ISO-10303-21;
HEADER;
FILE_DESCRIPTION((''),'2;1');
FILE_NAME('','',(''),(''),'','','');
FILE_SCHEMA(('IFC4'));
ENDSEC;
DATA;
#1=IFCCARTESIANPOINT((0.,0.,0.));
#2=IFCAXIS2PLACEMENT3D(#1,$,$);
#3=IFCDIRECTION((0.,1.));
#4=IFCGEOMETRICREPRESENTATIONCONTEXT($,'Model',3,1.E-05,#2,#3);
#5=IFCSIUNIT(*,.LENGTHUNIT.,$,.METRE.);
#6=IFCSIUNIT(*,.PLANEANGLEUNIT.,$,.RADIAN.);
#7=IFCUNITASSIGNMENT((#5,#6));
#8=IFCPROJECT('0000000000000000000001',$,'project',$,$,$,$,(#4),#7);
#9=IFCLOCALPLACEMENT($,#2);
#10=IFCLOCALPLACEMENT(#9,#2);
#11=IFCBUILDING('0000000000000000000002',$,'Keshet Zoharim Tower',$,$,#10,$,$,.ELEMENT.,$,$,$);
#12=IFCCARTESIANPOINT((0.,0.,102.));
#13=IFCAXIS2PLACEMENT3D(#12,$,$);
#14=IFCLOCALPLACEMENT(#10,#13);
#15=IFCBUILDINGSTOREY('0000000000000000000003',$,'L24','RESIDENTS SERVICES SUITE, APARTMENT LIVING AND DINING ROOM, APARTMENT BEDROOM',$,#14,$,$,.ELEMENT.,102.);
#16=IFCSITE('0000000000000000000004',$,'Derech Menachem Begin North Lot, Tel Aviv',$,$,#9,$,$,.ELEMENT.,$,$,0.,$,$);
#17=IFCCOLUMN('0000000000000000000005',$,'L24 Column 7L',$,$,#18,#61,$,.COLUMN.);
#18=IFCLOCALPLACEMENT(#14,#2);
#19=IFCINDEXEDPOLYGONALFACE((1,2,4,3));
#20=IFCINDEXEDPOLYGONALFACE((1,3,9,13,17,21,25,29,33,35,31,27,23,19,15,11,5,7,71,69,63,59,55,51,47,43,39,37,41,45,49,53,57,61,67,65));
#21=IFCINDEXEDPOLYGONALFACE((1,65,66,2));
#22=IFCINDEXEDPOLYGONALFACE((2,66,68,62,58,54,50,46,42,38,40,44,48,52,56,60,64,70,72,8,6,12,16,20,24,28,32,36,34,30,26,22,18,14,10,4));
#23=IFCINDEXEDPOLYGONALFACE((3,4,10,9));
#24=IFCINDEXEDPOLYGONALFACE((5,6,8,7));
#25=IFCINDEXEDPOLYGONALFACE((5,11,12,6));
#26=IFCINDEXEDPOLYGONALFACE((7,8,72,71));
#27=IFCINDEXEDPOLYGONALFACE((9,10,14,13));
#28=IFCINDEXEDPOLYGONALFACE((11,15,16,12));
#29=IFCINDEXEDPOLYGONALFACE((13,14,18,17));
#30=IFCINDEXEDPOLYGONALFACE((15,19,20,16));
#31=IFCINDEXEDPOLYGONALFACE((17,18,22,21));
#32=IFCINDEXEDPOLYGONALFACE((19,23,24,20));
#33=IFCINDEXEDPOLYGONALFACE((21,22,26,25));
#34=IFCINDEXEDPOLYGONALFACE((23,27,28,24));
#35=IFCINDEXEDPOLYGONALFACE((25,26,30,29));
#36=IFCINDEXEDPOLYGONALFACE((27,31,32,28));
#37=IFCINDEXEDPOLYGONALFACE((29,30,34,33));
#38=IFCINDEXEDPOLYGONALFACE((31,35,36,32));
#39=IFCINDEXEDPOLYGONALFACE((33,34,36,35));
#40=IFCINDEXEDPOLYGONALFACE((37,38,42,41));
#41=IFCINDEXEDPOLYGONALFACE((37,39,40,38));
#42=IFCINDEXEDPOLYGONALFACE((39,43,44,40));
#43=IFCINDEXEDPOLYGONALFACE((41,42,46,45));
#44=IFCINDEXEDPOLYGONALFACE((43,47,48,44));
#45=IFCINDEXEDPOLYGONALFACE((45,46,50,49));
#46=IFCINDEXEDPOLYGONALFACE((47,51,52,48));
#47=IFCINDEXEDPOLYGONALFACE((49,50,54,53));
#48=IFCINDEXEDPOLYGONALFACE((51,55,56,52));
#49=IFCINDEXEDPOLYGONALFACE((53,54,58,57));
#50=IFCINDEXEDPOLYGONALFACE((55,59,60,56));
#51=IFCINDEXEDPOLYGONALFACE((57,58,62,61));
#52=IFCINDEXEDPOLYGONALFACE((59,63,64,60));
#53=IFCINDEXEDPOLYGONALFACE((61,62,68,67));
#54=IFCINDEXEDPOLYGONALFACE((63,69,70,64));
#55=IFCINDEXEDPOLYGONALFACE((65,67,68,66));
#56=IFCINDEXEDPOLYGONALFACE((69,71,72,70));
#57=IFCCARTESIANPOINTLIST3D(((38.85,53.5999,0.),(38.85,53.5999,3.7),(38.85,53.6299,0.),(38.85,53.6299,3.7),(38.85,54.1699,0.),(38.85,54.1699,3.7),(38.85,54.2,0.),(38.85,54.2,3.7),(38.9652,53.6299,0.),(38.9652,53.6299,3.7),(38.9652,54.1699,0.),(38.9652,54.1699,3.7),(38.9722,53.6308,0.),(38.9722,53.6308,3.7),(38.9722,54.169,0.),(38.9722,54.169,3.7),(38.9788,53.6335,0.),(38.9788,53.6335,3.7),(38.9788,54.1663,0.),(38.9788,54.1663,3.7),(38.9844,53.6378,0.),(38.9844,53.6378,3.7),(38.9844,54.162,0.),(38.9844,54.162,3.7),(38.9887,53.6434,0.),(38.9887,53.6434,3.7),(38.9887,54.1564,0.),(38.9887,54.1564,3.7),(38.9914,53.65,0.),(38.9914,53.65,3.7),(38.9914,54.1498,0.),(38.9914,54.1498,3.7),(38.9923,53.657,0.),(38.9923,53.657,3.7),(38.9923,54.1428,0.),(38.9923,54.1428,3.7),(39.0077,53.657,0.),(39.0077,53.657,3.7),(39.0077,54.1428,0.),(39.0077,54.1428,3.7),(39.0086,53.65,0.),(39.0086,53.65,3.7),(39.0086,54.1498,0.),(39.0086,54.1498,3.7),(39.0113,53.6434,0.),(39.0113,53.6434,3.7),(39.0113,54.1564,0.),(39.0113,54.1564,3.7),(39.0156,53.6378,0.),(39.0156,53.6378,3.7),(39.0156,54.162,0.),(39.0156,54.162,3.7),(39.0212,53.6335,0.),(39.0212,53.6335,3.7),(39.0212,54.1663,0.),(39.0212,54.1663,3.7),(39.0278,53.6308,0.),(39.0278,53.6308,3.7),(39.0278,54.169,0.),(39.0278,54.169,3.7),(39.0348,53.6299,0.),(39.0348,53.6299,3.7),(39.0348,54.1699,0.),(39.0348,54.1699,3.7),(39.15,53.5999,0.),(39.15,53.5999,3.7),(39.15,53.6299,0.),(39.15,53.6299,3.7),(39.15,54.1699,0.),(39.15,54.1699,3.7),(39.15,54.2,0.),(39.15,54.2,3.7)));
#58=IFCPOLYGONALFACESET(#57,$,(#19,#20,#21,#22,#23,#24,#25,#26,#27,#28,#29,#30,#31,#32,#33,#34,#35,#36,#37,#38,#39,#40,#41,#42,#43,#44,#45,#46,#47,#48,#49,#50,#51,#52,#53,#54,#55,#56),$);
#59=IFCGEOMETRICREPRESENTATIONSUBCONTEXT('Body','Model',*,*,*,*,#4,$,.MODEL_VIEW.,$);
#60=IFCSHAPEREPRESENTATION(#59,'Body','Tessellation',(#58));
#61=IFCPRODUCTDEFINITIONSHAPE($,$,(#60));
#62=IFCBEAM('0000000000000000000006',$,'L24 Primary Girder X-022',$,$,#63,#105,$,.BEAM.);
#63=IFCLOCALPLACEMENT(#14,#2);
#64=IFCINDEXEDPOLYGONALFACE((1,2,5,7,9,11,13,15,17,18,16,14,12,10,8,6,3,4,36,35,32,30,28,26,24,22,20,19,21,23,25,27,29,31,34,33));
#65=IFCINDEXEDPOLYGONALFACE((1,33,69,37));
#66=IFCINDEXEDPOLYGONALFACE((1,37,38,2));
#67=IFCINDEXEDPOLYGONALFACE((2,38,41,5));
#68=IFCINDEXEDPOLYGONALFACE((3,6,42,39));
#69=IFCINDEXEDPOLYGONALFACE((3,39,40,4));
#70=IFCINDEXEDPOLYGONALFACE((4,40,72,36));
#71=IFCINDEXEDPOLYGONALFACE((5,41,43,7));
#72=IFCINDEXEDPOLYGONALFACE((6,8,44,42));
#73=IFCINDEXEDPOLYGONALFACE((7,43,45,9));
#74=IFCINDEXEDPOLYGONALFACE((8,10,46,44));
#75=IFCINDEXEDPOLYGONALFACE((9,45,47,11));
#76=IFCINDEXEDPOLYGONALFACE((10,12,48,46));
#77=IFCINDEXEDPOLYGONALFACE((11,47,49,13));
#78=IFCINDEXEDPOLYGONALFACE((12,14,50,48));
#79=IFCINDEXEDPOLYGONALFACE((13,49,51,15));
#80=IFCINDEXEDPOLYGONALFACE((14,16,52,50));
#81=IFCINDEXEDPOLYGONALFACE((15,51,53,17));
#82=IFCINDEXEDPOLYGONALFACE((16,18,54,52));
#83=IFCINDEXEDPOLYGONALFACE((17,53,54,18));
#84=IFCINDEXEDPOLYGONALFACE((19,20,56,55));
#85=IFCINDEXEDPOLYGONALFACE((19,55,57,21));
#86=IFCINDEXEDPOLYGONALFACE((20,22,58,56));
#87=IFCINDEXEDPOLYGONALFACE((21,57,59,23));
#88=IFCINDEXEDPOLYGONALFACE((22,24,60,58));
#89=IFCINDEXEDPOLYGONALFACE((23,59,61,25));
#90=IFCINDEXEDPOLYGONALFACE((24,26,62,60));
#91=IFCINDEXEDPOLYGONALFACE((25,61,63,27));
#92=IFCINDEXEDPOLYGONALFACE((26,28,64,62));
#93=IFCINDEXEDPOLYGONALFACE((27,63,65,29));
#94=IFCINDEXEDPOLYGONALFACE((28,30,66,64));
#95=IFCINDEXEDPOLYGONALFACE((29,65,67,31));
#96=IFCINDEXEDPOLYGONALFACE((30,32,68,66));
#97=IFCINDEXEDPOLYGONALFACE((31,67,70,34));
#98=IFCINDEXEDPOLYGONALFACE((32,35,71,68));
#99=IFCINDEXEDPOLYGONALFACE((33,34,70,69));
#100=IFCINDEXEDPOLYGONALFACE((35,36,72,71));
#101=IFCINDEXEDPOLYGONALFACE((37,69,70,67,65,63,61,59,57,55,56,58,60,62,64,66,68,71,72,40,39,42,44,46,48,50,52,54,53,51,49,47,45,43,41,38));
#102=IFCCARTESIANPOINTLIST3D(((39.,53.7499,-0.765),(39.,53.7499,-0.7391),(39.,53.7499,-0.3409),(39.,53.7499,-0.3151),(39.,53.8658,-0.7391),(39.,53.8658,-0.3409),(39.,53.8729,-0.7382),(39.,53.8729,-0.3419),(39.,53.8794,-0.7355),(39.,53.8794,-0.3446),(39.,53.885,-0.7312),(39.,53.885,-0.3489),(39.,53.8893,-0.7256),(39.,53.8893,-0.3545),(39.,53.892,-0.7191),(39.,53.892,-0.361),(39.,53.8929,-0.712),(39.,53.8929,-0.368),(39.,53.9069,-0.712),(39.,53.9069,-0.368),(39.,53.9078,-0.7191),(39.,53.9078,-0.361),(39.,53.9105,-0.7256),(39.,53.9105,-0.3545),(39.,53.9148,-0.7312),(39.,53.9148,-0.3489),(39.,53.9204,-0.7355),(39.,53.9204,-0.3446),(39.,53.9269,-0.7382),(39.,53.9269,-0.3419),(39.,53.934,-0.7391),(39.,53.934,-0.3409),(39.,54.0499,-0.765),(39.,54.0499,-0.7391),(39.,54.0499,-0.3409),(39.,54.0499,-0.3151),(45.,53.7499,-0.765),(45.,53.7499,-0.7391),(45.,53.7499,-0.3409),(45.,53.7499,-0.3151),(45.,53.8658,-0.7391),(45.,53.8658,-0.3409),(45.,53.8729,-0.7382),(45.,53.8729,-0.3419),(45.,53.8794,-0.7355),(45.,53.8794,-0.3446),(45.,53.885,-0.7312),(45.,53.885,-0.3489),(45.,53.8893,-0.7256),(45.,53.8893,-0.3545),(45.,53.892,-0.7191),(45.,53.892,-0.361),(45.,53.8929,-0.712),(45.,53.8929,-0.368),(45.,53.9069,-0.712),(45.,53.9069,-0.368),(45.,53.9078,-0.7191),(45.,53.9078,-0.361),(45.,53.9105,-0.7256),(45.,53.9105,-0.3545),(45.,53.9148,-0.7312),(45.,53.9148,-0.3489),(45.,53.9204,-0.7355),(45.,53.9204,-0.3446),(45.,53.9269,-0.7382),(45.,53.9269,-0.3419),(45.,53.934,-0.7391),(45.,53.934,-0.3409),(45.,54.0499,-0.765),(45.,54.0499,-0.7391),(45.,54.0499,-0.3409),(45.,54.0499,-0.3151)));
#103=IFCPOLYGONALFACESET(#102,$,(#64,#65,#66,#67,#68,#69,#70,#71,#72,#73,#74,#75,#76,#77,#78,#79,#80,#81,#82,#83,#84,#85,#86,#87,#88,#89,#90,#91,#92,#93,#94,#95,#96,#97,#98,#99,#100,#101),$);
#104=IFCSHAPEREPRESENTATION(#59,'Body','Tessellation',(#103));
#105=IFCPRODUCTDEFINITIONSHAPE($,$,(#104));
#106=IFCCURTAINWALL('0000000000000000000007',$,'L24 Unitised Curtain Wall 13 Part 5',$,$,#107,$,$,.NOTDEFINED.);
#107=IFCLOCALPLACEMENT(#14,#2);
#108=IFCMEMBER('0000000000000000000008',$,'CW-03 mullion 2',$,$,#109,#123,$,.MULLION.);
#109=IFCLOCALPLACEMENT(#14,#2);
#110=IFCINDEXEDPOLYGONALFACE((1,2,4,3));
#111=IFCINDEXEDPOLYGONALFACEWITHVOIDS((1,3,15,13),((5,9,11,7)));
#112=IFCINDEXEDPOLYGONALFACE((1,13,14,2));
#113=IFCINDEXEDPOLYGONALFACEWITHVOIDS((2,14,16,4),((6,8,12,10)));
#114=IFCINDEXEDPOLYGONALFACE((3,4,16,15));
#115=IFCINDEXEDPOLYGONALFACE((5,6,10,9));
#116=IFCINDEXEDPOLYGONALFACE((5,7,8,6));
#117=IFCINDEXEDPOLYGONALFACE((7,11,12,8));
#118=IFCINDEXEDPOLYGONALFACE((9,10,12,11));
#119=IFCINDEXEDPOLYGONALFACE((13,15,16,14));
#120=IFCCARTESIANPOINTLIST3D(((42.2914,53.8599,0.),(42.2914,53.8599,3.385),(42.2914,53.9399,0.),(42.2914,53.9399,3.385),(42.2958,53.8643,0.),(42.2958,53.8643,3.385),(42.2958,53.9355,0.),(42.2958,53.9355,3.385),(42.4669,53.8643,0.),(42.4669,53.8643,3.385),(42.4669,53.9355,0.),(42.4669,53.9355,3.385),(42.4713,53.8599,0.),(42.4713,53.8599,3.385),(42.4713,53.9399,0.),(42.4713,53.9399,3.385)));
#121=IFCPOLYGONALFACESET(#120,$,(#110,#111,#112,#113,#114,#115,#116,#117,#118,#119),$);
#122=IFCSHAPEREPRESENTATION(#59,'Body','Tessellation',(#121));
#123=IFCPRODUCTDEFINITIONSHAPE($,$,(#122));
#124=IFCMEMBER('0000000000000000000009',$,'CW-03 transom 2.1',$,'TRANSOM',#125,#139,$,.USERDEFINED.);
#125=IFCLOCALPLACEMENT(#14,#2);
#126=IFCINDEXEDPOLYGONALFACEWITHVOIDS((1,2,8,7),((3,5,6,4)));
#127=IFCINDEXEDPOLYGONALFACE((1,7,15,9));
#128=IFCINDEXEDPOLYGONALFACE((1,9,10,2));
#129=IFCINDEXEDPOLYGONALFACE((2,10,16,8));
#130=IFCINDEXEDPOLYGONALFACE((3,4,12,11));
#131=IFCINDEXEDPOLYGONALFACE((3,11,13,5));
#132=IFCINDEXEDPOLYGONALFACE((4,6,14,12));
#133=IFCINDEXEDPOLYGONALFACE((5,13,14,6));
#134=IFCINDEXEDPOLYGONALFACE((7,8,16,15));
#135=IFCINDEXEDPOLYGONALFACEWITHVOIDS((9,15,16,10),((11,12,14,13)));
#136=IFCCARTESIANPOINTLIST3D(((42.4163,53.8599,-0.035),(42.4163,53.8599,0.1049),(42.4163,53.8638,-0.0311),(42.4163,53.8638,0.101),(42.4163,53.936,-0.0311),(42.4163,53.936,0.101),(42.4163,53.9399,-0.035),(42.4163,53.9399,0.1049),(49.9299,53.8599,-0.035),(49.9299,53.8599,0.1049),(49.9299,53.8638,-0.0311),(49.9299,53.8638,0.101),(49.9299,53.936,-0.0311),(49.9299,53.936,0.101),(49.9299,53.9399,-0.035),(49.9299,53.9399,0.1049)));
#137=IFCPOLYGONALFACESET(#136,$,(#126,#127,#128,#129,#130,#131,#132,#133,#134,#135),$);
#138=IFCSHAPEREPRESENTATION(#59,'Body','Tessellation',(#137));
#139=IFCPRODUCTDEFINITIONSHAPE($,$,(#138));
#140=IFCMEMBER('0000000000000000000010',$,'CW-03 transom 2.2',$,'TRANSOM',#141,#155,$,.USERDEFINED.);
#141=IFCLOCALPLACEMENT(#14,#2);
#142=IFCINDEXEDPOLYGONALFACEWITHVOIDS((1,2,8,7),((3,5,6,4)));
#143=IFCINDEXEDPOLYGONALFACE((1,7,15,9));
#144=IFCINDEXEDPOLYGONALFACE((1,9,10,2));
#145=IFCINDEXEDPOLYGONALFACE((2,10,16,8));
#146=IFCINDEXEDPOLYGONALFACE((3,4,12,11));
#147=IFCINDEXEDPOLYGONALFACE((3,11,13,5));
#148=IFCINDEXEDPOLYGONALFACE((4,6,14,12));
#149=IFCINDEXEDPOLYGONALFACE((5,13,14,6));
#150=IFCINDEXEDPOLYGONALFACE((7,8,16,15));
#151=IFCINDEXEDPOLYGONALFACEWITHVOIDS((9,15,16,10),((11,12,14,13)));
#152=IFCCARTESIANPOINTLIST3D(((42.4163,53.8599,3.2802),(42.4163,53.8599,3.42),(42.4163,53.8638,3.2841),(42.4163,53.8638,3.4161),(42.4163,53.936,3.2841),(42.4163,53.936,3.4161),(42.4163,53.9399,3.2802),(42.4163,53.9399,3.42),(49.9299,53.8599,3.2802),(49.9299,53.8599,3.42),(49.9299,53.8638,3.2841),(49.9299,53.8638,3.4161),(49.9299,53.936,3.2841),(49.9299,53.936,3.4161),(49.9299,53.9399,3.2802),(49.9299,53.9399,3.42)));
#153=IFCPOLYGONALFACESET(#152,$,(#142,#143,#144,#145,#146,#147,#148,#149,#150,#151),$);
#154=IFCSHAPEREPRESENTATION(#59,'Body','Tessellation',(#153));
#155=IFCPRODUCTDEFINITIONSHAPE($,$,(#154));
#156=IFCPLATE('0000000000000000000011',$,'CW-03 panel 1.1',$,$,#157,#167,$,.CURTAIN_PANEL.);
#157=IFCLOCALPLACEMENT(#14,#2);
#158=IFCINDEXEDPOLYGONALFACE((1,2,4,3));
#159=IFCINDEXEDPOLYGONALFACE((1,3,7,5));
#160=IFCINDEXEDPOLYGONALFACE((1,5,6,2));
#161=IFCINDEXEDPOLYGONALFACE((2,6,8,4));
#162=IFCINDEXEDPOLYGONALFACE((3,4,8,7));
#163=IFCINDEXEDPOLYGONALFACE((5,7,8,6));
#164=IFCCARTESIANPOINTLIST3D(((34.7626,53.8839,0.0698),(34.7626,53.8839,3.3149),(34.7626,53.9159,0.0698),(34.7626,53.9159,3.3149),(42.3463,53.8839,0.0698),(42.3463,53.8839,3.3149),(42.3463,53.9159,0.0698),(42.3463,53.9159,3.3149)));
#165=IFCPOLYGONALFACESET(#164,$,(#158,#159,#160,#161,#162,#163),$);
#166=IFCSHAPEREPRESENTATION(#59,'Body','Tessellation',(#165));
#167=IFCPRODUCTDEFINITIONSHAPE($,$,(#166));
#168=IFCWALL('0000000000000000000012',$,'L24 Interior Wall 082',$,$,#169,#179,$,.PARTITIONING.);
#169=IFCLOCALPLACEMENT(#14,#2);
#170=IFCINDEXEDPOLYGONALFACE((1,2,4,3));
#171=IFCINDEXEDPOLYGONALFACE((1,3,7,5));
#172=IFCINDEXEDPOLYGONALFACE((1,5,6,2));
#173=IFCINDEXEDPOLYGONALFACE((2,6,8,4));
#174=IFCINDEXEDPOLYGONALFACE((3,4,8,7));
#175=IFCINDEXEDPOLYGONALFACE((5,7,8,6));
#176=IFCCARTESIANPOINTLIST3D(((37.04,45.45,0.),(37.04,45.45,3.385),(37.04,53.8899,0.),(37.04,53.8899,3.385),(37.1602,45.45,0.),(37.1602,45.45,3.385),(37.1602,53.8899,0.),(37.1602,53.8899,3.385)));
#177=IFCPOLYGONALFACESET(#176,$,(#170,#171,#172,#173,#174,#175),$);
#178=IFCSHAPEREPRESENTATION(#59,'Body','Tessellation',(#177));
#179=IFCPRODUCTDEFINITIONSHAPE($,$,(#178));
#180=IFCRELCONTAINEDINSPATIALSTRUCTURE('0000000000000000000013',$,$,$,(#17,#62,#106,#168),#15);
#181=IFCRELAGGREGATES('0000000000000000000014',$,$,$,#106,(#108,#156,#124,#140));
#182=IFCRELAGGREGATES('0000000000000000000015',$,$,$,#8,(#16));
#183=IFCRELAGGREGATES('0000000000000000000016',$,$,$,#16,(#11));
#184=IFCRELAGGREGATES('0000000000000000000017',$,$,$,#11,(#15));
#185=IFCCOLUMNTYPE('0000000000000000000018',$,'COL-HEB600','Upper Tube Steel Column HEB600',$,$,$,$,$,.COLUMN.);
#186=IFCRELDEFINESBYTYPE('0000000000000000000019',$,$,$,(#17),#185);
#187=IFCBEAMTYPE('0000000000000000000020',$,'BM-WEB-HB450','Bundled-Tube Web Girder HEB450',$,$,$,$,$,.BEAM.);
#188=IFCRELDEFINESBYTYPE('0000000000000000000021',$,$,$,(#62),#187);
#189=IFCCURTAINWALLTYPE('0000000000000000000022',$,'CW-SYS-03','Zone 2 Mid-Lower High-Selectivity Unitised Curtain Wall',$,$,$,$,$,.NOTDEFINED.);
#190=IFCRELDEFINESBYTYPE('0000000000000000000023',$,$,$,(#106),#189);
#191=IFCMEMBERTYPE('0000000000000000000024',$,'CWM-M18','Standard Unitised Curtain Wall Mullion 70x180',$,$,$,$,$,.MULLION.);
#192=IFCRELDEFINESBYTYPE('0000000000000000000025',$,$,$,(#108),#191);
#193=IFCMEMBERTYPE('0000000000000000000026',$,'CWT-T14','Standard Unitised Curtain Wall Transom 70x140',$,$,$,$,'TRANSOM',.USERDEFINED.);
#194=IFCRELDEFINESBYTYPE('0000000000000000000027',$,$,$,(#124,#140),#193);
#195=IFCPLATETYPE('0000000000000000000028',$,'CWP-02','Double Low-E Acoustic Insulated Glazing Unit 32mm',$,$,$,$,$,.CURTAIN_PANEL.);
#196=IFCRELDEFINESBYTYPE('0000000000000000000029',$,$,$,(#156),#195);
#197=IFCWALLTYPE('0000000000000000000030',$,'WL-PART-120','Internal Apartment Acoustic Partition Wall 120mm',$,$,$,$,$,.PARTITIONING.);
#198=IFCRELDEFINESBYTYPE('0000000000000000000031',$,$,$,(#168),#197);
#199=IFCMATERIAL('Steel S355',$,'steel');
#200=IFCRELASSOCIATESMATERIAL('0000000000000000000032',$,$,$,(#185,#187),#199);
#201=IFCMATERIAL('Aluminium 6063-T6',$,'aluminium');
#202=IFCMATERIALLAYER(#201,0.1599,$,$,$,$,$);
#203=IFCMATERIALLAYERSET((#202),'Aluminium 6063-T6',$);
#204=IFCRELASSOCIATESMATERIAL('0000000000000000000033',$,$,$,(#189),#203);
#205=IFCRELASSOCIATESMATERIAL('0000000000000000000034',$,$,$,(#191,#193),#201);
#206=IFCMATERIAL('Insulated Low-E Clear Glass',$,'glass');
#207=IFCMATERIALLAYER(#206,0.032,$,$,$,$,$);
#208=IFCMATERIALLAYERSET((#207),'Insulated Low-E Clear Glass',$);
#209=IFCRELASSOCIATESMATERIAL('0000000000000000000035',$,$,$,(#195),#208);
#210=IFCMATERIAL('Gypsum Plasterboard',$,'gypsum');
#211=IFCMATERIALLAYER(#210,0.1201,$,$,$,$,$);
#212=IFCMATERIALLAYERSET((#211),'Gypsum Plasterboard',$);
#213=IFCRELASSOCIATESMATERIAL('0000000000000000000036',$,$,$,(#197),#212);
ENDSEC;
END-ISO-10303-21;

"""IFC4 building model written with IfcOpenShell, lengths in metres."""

from ifc_helpers import new_model, si_unit, direction, frame, frame_2d, origin, origin_2d, place, context, subcontext, project, spatial, rectangle, hollow_rectangle, i_section, extrude, material, layer, layer_set, material_profile, profile_set, type_object, element, aggregate, save


model = new_model("IFC4")

# Units and contexts
model_context = context("Model", 3, precision=1e-05, world=origin(), true_north=direction((0.0, 1.0)))
body_context = subcontext(model_context, "Body", "Model", "MODEL_VIEW")
ifc_project = project(units=[si_unit("LENGTHUNIT", "METRE"), si_unit("PLANEANGLEUNIT", "RADIAN")], contexts=[model_context])

# Site, building, storey
site_placement = place(None, origin())
site = spatial("IfcSite", under=ifc_project, at=site_placement, Name="Derech Menachem Begin North Lot, Tel Aviv", CompositionType="ELEMENT", RefElevation=0.0)
building_placement = place(site_placement, origin())
building = spatial("IfcBuilding", under=site, at=building_placement, Name="Keshet Zoharim Tower", CompositionType="ELEMENT")
storey_placement = place(building_placement, frame((0.0, 0.0, 102.0)))
storey = spatial("IfcBuildingStorey", under=building, at=storey_placement, Name="L24", Description="RESIDENTS SERVICES SUITE, APARTMENT LIVING AND DINING ROOM, APARTMENT BEDROOM", CompositionType="ELEMENT", Elevation=102.0)

# Column
ifc_material_1 = material(Name="Steel S355", Category="steel")
ifc_material_profile_1 = material_profile(ifc_material_1, i_section(OverallWidth=0.3, OverallDepth=0.6001, WebThickness=0.0154, FlangeThickness=0.03, FilletRadius=0.0271, at=origin_2d()), Name="HEB600")
ifc_profile_set_1 = profile_set([ifc_material_profile_1], Name="Steel S355")
column_type = type_object("IfcColumnType", Name="COL-HEB600", Description="Upper Tube Steel Column HEB600", PredefinedType="COLUMN", material=ifc_profile_set_1)
column_placement = place(storey_placement, frame((39.0, 53.8999, 0.0), z_axis=(0.0, 0.0, 1.0), x_axis=(1.0, 0.0, 0.0)))
element("IfcColumn", 1, at=column_placement, inside=storey, type_object=column_type, Name="L24 Column 7L", PredefinedType="COLUMN", context=body_context, shape_type="SweptSolid", body=[
    extrude(i_section(OverallWidth=0.3, OverallDepth=0.6001, WebThickness=0.0154, FlangeThickness=0.03, FilletRadius=0.0271, at=origin_2d()), origin(), (0.0, 0.0, 1.0), 3.7),
])

# Beam
ifc_material_profile_2 = material_profile(ifc_material_1, i_section(OverallWidth=0.3, OverallDepth=0.45, WebThickness=0.0139, FlangeThickness=0.0259, FilletRadius=0.0271, at=origin_2d()), Name="HEB450")
ifc_profile_set_2 = profile_set([ifc_material_profile_2], Name="Steel S355")
beam_type = type_object("IfcBeamType", Name="BM-WEB-HB450", Description="Bundled-Tube Web Girder HEB450", PredefinedType="BEAM", material=ifc_profile_set_2)
beam_placement = place(storey_placement, frame((39.0, 53.8999, -0.54), z_axis=(1.0, 0.0, 0.0), x_axis=(0.0, 1.0, 0.0)))
element("IfcBeam", 2, at=beam_placement, inside=storey, type_object=beam_type, Name="L24 Primary Girder X-022", PredefinedType="BEAM", context=body_context, shape_type="SweptSolid", body=[
    extrude(i_section(OverallWidth=0.3, OverallDepth=0.45, WebThickness=0.0139, FlangeThickness=0.0259, FilletRadius=0.0271, at=origin_2d()), origin(), (0.0, 0.0, 1.0), 6.0),
])

# Curtain wall, members, plate
ifc_material_2 = material(Name="Aluminium 6063-T6", Category="aluminium")
ifc_layer_1 = layer(ifc_material_2, 0.1599)
ifc_layer_set_1 = layer_set([ifc_layer_1], Name="Aluminium 6063-T6")
curtain_wall_type = type_object("IfcCurtainWallType", Name="CW-SYS-03", Description="Zone 2 Mid-Lower High-Selectivity Unitised Curtain Wall", PredefinedType="NOTDEFINED", material=ifc_layer_set_1)
curtain_wall_placement = place(storey_placement, origin())
curtain_wall = element("IfcCurtainWall", 3, at=curtain_wall_placement, inside=storey, type_object=curtain_wall_type, Name="L24 Unitised Curtain Wall 13 Part 5", PredefinedType="NOTDEFINED")
ifc_material_profile_3 = material_profile(ifc_material_2, hollow_rectangle(XDim=0.0801, YDim=0.1799, WallThickness=0.0044, at=origin_2d()), Name="MUL-80x180")
ifc_profile_set_3 = profile_set([ifc_material_profile_3], Name="Aluminium 6063-T6")
member_type_1 = type_object("IfcMemberType", Name="CWM-M18", Description="Standard Unitised Curtain Wall Mullion 70x180", PredefinedType="MULLION", material=ifc_profile_set_3)
member_1_placement = place(storey_placement, frame((42.3813, 53.8999, 0.0), z_axis=(0.0, 0.0, 1.0), x_axis=(0.0, 1.0, 0.0)))
member_1 = element("IfcMember", 4, at=member_1_placement, type_object=member_type_1, Name="CW-03 mullion 2", PredefinedType="MULLION", context=body_context, shape_type="SweptSolid", body=[
    extrude(hollow_rectangle(XDim=0.0801, YDim=0.1799, WallThickness=0.0044, at=origin_2d()), origin(), (0.0, 0.0, 1.0), 3.385),
])
ifc_material_profile_4 = material_profile(ifc_material_2, hollow_rectangle(XDim=0.0801, YDim=0.1399, WallThickness=0.0039, at=origin_2d()), Name="TRN-80x140")
ifc_profile_set_4 = profile_set([ifc_material_profile_4], Name="Aluminium 6063-T6")
member_type_2 = type_object("IfcMemberType", Name="CWT-T14", Description="Standard Unitised Curtain Wall Transom 70x140", ElementType="TRANSOM", PredefinedType="USERDEFINED", material=ifc_profile_set_4)
member_2_placement = place(storey_placement, frame((42.4163, 53.8999, 0.0349), z_axis=(1.0, 0.0, 0.0), x_axis=(0.0, 1.0, 0.0)))
member_2 = element("IfcMember", 5, at=member_2_placement, type_object=member_type_2, Name="CW-03 transom 2.1", ObjectType="TRANSOM", PredefinedType="USERDEFINED", context=body_context, shape_type="SweptSolid", body=[
    extrude(hollow_rectangle(XDim=0.0801, YDim=0.1399, WallThickness=0.0039, at=origin_2d()), origin(), (0.0, 0.0, 1.0), 7.5137),
])
member_3_placement = place(storey_placement, frame((42.4163, 53.8999, 3.3501), z_axis=(1.0, 0.0, 0.0), x_axis=(0.0, 1.0, 0.0)))
member_3 = element("IfcMember", 6, at=member_3_placement, type_object=member_type_2, Name="CW-03 transom 2.2", ObjectType="TRANSOM", PredefinedType="USERDEFINED", context=body_context, shape_type="SweptSolid", body=[
    extrude(hollow_rectangle(XDim=0.0801, YDim=0.1399, WallThickness=0.0039, at=origin_2d()), origin(), (0.0, 0.0, 1.0), 7.5137),
])
ifc_material_3 = material(Name="Insulated Low-E Clear Glass", Category="glass")
ifc_layer_2 = layer(ifc_material_3, 0.032)
ifc_layer_set_2 = layer_set([ifc_layer_2], Name="Insulated Low-E Clear Glass")
plate_type = type_object("IfcPlateType", Name="CWP-02", Description="Double Low-E Acoustic Insulated Glazing Unit 32mm", PredefinedType="CURTAIN_PANEL", material=ifc_layer_set_2)
plate_placement = place(storey_placement, frame((38.5544, 53.8999, 0.0698), z_axis=(0.0, 0.0, 1.0), x_axis=(1.0, 0.0, 0.0)))
plate = element("IfcPlate", 7, at=plate_placement, type_object=plate_type, Name="CW-03 panel 1.1", PredefinedType="CURTAIN_PANEL", context=body_context, shape_type="SweptSolid", body=[
    extrude(rectangle(XDim=7.5837, YDim=0.032, at=origin_2d()), origin(), (0.0, 0.0, 1.0), 3.2451),
])
aggregate(curtain_wall, [member_1, plate, member_2, member_3])

# Wall
ifc_material_4 = material(Name="Gypsum Plasterboard", Category="gypsum")
ifc_layer_3 = layer(ifc_material_4, 0.1201)
ifc_layer_set_3 = layer_set([ifc_layer_3], Name="Gypsum Plasterboard")
wall_type_1 = type_object("IfcWallType", Name="WL-PART-120", Description="Internal Apartment Acoustic Partition Wall 120mm", PredefinedType="PARTITIONING", material=ifc_layer_set_3)
for number, where, z_axis, x_axis, name in (
    (8, (37.1001, 45.45, 0.0), (0.0, 0.0, 1.0), (0.0, 1.0, 0.0), "L24 Interior Wall 082"),
):
    element("IfcWall", number, at=place(storey_placement, frame(where, z_axis=z_axis, x_axis=x_axis)), inside=storey, type_object=wall_type_1, Name=name, PredefinedType="PARTITIONING", context=body_context, shape_type="SweptSolid", body=[
        extrude(rectangle(XDim=8.4399, YDim=0.1201, at=frame_2d((4.22, 0.0))), origin(), (0.0, 0.0, 1.0), 3.385),
    ])

save(model, "model.ifc")
